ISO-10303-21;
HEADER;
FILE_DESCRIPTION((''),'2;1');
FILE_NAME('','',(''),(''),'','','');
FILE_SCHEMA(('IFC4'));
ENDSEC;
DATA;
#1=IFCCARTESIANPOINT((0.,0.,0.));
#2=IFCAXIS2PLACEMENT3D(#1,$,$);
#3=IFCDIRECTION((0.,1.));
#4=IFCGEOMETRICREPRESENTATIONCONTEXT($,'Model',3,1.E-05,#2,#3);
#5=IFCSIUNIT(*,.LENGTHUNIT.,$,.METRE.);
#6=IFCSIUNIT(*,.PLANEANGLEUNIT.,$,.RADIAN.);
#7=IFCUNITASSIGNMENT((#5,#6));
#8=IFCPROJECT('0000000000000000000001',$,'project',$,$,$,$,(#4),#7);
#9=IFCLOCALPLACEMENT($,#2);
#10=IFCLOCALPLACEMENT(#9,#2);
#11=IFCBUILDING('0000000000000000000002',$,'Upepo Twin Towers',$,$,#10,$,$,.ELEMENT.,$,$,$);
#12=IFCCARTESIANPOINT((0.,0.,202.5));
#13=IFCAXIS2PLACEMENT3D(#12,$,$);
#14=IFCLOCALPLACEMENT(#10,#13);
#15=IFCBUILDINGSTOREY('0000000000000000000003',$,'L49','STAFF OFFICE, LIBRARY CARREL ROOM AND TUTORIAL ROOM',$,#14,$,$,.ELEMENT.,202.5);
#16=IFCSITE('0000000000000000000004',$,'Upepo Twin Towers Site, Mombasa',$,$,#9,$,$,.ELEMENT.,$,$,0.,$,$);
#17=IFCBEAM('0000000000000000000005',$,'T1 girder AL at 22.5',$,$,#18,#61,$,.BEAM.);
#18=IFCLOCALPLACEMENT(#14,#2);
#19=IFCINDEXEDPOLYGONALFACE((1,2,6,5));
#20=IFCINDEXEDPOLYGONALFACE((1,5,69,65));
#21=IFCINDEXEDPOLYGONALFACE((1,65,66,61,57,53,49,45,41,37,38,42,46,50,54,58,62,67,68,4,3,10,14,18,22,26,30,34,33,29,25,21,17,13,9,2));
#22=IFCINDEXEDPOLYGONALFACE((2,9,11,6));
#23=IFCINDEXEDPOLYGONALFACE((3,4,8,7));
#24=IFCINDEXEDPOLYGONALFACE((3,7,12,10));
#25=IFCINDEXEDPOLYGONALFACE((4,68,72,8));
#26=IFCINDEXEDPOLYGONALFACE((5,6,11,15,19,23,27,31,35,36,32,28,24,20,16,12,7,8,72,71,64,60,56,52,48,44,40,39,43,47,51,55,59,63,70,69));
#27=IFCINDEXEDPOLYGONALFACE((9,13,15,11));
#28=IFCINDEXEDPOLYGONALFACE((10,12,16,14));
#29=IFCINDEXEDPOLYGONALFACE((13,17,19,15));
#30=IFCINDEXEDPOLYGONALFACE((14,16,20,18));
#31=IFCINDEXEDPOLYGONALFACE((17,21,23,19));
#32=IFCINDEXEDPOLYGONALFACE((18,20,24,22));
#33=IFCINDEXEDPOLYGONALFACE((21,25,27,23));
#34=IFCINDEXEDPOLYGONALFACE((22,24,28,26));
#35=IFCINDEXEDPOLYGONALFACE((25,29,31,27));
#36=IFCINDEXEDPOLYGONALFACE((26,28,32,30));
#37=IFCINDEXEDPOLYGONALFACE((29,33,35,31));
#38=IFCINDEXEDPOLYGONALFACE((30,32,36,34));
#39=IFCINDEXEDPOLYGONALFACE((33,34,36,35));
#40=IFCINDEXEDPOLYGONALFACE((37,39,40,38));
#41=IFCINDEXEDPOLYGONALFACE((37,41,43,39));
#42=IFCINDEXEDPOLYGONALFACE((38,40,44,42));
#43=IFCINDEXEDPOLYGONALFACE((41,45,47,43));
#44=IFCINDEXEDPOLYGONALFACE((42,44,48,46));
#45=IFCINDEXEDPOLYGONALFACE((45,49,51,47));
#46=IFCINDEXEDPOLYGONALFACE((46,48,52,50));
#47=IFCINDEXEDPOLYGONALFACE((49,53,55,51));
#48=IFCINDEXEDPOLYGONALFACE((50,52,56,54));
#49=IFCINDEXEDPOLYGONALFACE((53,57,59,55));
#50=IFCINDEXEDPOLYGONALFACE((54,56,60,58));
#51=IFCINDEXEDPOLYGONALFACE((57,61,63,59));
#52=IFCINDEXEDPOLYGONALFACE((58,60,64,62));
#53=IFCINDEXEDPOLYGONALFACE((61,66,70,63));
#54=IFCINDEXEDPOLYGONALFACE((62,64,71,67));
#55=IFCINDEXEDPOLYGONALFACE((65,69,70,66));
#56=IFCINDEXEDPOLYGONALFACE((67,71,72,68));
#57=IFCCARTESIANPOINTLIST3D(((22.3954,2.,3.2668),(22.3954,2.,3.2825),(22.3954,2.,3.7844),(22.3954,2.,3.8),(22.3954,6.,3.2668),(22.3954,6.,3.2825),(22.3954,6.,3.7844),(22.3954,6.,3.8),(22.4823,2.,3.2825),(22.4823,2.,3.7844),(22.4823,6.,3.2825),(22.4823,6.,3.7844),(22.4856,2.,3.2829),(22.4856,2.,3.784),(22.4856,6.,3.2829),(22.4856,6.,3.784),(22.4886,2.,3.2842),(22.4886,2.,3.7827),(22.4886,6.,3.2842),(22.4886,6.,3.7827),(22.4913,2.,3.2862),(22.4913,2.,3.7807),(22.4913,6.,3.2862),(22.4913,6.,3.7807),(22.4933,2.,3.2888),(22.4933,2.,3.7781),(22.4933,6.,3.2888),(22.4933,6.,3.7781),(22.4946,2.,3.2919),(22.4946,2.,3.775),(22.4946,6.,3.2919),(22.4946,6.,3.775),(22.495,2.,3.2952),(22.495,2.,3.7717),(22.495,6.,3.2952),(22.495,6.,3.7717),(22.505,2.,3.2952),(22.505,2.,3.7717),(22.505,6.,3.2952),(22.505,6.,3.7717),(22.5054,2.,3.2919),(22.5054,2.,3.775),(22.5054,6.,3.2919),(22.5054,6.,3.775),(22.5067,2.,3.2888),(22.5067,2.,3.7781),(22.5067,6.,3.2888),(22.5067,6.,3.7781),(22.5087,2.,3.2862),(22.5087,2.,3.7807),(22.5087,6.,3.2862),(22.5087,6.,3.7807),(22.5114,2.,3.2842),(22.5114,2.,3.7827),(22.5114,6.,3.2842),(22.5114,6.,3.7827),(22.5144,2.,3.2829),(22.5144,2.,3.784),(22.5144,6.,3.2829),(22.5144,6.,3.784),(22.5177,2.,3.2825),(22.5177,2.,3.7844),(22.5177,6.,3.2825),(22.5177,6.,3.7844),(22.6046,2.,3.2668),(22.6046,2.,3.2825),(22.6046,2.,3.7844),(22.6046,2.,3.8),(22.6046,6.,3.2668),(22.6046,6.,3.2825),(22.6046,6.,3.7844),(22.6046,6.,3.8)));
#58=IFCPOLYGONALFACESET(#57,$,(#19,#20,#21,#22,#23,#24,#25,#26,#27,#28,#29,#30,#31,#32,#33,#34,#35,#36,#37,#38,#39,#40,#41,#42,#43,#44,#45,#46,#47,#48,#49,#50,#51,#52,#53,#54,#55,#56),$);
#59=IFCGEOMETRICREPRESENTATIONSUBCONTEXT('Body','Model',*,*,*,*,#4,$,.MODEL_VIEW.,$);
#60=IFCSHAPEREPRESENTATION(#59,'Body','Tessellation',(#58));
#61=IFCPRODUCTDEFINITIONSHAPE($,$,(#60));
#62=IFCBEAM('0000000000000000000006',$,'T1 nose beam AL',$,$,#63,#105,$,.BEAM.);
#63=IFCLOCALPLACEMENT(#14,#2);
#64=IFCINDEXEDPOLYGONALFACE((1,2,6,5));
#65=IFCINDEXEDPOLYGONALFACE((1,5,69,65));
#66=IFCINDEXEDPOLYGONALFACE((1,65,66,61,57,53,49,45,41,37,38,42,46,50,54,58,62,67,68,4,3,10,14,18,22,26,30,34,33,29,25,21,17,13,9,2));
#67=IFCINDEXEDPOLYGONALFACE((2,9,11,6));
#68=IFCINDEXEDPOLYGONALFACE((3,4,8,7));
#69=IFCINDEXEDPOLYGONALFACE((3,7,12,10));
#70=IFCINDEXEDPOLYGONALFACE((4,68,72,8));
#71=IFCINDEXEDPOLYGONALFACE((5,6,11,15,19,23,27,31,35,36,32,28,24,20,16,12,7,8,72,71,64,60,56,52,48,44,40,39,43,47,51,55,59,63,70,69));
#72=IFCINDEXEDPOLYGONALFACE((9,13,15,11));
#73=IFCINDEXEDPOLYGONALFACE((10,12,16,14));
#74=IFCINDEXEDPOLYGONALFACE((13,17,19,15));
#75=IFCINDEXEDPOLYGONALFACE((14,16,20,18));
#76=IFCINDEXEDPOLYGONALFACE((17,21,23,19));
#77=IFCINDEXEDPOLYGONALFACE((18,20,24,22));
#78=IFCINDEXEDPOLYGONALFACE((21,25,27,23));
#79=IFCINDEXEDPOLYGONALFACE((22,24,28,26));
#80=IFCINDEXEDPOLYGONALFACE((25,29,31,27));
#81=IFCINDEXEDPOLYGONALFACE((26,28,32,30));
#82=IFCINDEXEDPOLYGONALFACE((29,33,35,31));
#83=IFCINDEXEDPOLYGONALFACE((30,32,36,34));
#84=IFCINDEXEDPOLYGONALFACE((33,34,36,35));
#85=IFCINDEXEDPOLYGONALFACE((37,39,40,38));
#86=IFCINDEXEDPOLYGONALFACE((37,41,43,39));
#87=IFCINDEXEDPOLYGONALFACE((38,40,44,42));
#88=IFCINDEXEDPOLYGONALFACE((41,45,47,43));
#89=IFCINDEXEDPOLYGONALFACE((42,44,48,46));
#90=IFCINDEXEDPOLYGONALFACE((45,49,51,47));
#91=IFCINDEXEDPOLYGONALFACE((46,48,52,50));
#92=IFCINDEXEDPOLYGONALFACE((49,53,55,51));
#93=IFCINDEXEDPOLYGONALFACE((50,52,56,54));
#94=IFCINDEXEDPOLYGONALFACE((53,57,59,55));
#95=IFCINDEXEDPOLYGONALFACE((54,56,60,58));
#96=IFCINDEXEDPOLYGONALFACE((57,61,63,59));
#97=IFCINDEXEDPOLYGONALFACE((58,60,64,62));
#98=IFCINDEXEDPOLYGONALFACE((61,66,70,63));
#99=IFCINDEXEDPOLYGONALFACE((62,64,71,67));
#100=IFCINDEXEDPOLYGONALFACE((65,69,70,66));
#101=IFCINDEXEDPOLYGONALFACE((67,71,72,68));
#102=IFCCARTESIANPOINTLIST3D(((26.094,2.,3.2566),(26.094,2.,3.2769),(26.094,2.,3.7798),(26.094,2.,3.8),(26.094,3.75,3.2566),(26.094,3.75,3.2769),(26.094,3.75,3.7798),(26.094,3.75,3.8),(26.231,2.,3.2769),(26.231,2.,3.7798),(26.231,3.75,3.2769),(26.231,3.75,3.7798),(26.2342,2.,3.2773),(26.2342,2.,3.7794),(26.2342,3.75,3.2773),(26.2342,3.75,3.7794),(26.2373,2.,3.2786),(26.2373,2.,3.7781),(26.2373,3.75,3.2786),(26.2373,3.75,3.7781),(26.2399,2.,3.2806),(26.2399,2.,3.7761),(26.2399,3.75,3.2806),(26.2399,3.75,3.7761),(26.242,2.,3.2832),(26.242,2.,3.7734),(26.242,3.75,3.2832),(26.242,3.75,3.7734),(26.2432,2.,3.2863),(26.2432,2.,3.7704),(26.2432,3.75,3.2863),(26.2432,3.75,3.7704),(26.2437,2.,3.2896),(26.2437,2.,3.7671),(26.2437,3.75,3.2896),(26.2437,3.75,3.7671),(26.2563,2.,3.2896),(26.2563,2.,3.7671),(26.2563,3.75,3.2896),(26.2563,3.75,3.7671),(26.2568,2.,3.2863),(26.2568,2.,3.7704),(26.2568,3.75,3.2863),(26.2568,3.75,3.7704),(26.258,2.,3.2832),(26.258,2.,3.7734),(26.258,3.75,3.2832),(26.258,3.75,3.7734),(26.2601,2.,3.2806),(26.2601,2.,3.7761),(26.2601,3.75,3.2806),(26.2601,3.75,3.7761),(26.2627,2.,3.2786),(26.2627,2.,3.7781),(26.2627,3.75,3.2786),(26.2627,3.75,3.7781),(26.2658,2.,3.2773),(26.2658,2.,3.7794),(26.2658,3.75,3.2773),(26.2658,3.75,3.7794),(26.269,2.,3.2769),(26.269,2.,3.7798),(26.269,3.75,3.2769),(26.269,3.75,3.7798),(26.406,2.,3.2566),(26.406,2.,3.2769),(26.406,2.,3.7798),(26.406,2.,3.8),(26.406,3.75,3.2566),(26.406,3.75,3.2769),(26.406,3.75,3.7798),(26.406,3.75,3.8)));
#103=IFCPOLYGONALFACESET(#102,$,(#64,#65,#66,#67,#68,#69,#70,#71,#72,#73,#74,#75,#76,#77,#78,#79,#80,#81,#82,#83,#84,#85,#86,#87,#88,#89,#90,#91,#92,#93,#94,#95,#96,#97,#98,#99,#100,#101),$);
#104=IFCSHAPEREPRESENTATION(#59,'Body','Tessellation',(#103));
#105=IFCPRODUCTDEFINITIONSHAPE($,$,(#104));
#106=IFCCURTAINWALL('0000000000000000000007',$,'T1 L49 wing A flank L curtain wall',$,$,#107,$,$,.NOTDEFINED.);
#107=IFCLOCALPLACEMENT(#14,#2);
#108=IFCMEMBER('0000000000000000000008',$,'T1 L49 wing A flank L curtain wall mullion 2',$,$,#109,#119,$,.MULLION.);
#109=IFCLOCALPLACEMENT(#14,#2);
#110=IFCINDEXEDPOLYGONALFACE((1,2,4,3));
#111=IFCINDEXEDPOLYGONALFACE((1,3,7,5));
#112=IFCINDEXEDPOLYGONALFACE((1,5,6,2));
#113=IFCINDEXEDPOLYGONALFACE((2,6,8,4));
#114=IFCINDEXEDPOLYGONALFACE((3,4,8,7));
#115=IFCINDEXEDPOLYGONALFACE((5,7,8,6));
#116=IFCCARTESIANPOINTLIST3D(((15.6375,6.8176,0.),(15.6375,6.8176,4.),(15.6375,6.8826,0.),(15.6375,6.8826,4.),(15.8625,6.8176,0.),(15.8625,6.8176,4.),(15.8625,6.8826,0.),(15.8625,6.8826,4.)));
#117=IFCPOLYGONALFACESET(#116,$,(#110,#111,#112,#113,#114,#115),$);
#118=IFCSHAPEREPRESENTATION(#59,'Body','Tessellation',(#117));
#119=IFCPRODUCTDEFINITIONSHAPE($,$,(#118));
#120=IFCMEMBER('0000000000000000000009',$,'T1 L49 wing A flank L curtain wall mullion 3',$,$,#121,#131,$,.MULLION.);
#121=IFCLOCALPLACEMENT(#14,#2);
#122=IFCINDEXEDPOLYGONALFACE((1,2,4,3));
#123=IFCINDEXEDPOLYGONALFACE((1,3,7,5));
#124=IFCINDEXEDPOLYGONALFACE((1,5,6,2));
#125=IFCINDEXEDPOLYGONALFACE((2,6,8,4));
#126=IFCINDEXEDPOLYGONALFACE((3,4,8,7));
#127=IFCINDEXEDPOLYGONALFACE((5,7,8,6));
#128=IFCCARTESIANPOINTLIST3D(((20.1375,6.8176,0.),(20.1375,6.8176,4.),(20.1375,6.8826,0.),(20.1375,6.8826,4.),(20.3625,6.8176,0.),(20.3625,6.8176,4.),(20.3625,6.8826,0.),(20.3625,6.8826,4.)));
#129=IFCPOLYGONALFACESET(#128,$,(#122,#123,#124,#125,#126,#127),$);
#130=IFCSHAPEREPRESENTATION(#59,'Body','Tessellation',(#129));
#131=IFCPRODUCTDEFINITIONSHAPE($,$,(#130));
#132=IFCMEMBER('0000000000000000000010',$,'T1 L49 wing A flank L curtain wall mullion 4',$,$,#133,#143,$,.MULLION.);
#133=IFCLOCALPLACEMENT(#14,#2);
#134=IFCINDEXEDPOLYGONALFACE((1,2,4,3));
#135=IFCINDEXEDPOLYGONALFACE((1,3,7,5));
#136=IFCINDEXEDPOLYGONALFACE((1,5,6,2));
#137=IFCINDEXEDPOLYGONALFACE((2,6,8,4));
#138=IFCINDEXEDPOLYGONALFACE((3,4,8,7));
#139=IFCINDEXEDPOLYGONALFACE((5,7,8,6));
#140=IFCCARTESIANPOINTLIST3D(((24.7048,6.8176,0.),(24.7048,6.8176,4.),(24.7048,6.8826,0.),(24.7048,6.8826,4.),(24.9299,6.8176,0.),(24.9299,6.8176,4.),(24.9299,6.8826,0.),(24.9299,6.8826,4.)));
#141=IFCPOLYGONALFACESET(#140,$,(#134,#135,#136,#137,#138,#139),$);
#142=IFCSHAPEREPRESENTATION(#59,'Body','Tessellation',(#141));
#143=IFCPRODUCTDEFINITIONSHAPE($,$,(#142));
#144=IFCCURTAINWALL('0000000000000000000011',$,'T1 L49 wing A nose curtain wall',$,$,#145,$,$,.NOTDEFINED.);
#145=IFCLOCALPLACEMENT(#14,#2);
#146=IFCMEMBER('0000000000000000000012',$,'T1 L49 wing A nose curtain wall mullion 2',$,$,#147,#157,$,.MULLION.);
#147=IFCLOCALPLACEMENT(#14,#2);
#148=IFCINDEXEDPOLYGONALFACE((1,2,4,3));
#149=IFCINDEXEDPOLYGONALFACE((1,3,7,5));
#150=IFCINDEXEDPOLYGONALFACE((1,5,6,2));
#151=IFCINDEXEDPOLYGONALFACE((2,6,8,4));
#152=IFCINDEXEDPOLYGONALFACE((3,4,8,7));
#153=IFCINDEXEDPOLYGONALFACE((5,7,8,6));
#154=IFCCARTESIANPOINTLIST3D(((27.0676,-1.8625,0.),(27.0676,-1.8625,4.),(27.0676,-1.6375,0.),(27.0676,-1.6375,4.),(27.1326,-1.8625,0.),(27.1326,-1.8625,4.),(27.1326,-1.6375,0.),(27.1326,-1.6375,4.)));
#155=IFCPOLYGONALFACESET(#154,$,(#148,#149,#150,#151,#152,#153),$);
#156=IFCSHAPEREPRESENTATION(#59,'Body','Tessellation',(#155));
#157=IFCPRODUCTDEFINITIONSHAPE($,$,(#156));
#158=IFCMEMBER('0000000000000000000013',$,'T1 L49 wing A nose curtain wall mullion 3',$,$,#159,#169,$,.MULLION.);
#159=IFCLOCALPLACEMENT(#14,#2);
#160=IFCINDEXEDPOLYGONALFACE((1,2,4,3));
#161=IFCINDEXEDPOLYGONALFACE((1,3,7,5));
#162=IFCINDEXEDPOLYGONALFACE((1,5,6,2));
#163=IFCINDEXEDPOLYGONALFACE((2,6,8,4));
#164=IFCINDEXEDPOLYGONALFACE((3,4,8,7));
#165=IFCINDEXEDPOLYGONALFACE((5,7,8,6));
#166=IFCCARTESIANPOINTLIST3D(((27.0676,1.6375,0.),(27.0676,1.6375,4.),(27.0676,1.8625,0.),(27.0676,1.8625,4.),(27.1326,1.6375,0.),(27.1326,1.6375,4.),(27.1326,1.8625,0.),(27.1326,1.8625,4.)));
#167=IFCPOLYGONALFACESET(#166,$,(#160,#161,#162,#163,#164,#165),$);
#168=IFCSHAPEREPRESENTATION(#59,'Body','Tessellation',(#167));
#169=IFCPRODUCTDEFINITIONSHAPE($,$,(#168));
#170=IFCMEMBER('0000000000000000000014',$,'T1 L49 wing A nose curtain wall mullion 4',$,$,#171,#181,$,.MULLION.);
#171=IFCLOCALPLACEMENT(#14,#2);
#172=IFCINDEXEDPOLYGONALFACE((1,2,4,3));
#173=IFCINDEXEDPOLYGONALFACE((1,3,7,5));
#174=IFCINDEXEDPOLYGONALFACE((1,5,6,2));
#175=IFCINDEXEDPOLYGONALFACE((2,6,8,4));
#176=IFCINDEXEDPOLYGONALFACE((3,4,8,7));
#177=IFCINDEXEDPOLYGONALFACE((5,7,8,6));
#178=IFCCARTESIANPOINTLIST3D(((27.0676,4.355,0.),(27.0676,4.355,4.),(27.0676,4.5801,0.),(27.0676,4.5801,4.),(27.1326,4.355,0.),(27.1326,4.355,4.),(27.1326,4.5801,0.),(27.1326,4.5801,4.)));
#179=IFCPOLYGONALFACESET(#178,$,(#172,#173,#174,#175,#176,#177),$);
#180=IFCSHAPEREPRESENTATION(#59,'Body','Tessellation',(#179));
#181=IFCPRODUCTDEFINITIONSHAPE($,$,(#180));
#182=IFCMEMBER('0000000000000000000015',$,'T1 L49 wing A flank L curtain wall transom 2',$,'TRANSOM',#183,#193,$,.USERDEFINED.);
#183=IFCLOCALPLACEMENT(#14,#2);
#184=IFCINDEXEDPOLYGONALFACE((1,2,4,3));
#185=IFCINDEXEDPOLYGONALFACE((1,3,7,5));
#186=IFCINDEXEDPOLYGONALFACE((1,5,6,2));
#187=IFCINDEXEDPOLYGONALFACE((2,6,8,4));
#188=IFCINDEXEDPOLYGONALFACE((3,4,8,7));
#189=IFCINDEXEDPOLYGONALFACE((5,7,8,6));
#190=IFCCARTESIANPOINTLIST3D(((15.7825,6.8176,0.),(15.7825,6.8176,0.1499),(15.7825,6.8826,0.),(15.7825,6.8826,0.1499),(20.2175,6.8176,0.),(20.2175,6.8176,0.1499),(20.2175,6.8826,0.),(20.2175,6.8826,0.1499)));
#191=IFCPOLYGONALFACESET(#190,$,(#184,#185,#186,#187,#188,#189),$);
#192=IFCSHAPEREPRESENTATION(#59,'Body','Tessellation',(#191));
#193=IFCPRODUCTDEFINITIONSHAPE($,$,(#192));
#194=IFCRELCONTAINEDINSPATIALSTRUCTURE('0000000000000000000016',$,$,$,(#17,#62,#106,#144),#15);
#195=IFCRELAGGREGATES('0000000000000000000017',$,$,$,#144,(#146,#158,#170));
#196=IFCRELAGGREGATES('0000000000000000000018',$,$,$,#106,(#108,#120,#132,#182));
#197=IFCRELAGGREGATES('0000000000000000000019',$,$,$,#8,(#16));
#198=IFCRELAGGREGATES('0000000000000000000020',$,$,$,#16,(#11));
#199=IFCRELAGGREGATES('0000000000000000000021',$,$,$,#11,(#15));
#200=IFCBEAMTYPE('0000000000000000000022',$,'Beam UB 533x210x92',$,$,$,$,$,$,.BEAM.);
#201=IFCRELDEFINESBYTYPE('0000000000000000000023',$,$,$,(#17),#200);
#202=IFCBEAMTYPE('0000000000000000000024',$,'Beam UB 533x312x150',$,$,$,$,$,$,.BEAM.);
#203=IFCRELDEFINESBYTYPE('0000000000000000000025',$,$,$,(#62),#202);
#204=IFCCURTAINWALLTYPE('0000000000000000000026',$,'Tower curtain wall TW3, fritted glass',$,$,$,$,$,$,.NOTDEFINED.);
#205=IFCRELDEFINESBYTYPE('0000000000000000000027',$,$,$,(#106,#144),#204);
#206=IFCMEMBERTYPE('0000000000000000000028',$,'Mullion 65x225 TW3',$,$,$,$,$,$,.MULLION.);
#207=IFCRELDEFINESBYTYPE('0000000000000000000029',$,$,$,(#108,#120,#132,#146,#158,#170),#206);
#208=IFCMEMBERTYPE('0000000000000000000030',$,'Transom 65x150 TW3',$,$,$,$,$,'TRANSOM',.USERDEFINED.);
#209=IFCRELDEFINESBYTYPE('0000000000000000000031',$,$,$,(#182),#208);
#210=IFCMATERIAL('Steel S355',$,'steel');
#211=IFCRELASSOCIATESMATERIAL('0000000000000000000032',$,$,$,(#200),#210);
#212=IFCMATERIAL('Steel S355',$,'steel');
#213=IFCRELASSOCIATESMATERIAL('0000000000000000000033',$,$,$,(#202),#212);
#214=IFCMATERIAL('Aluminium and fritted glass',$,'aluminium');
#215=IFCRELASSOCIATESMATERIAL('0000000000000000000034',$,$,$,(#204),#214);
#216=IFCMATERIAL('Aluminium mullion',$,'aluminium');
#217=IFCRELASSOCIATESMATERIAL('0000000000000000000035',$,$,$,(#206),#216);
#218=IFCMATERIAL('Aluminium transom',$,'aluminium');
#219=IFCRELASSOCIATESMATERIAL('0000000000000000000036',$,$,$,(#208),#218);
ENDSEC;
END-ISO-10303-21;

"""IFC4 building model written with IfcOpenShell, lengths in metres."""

from ifc_helpers import new_model, si_unit, direction, frame, origin, origin_2d, place, context, subcontext, project, spatial, rectangle, i_section, extrude, material, material_profile, profile_set, type_object, element, aggregate, save


model = new_model("IFC4")

# Units and contexts
model_context = context("Model", 3, precision=1e-05, world=origin(), true_north=direction((0.0, 1.0)))
body_context = subcontext(model_context, "Body", "Model", "MODEL_VIEW")
ifc_project = project(units=[si_unit("LENGTHUNIT", "METRE"), si_unit("PLANEANGLEUNIT", "RADIAN")], contexts=[model_context])

# Site, building, storey
site_placement = place(None, origin())
site = spatial("IfcSite", under=ifc_project, at=site_placement, Name="Upepo Twin Towers Site, Mombasa", CompositionType="ELEMENT", RefElevation=0.0)
building_placement = place(site_placement, origin())
building = spatial("IfcBuilding", under=site, at=building_placement, Name="Upepo Twin Towers", CompositionType="ELEMENT")
storey_placement = place(building_placement, frame((0.0, 0.0, 202.5)))
storey = spatial("IfcBuildingStorey", under=building, at=storey_placement, Name="L49", Description="STAFF OFFICE, LIBRARY CARREL ROOM AND TUTORIAL ROOM", CompositionType="ELEMENT", Elevation=202.5)

# Beams
ifc_material_1 = material(Name="Steel S355", Category="steel")
ifc_material_profile_1 = material_profile(ifc_material_1, i_section(OverallWidth=0.2092, OverallDepth=0.5332, WebThickness=0.01, FlangeThickness=0.0156, FilletRadius=0.0127, at=origin_2d()), Name="UB 533x210x92")
ifc_profile_set_1 = profile_set([ifc_material_profile_1], Name="Steel S355")
beam_type_1 = type_object("IfcBeamType", Name="Beam UB 533x210x92", PredefinedType="BEAM", material=ifc_profile_set_1)
for number, where, z_axis, x_axis, name in (
    (1, (22.5, 6.0, 3.5334), (0.0, -1.0, 0.0), (1.0, 0.0, 0.0), "T1 girder AL at 22.5"),
):
    element("IfcBeam", number, at=place(storey_placement, frame(where, z_axis=z_axis, x_axis=x_axis)), inside=storey, type_object=beam_type_1, Name=name, PredefinedType="BEAM", context=body_context, shape_type="SweptSolid", body=[
        extrude(i_section(OverallWidth=0.2092, OverallDepth=0.5332, WebThickness=0.01, FlangeThickness=0.0156, FilletRadius=0.0127, at=origin_2d()), origin(), (0.0, 0.0, 1.0), 4.0),
    ])
ifc_material_2 = material(Name="Steel S355", Category="steel")
ifc_material_profile_2 = material_profile(ifc_material_2, i_section(OverallWidth=0.312, OverallDepth=0.5435, WebThickness=0.0127, FlangeThickness=0.0203, FilletRadius=0.0127, at=origin_2d()), Name="UB 533x312x150")
ifc_profile_set_2 = profile_set([ifc_material_profile_2], Name="Steel S355")
beam_type_2 = type_object("IfcBeamType", Name="Beam UB 533x312x150", PredefinedType="BEAM", material=ifc_profile_set_2)
beam_1_placement = place(storey_placement, frame((26.25, 3.75, 3.5283), z_axis=(0.0, -1.0, 0.0), x_axis=(1.0, 0.0, 0.0)))
element("IfcBeam", 2, at=beam_1_placement, inside=storey, type_object=beam_type_2, Name="T1 nose beam AL", PredefinedType="BEAM", context=body_context, shape_type="SweptSolid", body=[
    extrude(i_section(OverallWidth=0.312, OverallDepth=0.5435, WebThickness=0.0127, FlangeThickness=0.0203, FilletRadius=0.0127, at=origin_2d()), origin(), (0.0, 0.0, 1.0), 1.75),
])

# Curtain walls, members
ifc_material_3 = material(Name="Aluminium and fritted glass", Category="aluminium")
curtain_wall_type = type_object("IfcCurtainWallType", Name="Tower curtain wall TW3, fritted glass", PredefinedType="NOTDEFINED", material=ifc_material_3)
curtain_wall_1_placement = place(storey_placement, origin())
curtain_wall_1 = element("IfcCurtainWall", 3, at=curtain_wall_1_placement, inside=storey, type_object=curtain_wall_type, Name="T1 L49 wing A flank L curtain wall", PredefinedType="NOTDEFINED")
ifc_material_4 = material(Name="Aluminium mullion", Category="aluminium")
ifc_material_profile_3 = material_profile(ifc_material_4, rectangle(XDim=0.0649, YDim=0.2251, at=origin_2d()), Name="MULLION 65x225")
ifc_profile_set_3 = profile_set([ifc_material_profile_3], Name="Aluminium mullion")
member_type_1 = type_object("IfcMemberType", Name="Mullion 65x225 TW3", PredefinedType="MULLION", material=ifc_profile_set_3)
member_1_placement = place(storey_placement, frame((15.75, 6.8501, 0.0), z_axis=(0.0, 0.0, 1.0), x_axis=(0.0, 1.0, 0.0)))
member_1 = element("IfcMember", 4, at=member_1_placement, type_object=member_type_1, Name="T1 L49 wing A flank L curtain wall mullion 2", PredefinedType="MULLION", context=body_context, shape_type="SweptSolid", body=[
    extrude(rectangle(XDim=0.0649, YDim=0.2251, at=origin_2d()), origin(), (0.0, 0.0, 1.0), 4.0),
])
member_2_placement = place(storey_placement, frame((20.25, 6.8501, 0.0), z_axis=(0.0, 0.0, 1.0), x_axis=(0.0, 1.0, 0.0)))
member_2 = element("IfcMember", 5, at=member_2_placement, type_object=member_type_1, Name="T1 L49 wing A flank L curtain wall mullion 3", PredefinedType="MULLION", context=body_context, shape_type="SweptSolid", body=[
    extrude(rectangle(XDim=0.0649, YDim=0.2251, at=origin_2d()), origin(), (0.0, 0.0, 1.0), 4.0),
])
member_3_placement = place(storey_placement, frame((24.8174, 6.8501, 0.0), z_axis=(0.0, 0.0, 1.0), x_axis=(0.0, 1.0, 0.0)))
member_3 = element("IfcMember", 6, at=member_3_placement, type_object=member_type_1, Name="T1 L49 wing A flank L curtain wall mullion 4", PredefinedType="MULLION", context=body_context, shape_type="SweptSolid", body=[
    extrude(rectangle(XDim=0.0649, YDim=0.2251, at=origin_2d()), origin(), (0.0, 0.0, 1.0), 4.0),
])
curtain_wall_2_placement = place(storey_placement, origin())
curtain_wall_2 = element("IfcCurtainWall", 7, at=curtain_wall_2_placement, inside=storey, type_object=curtain_wall_type, Name="T1 L49 wing A nose curtain wall", PredefinedType="NOTDEFINED")
member_4_placement = place(storey_placement, frame((27.1001, -1.75, 0.0), z_axis=(0.0, 0.0, 1.0), x_axis=(-1.0, 0.0, 0.0)))
member_4 = element("IfcMember", 8, at=member_4_placement, type_object=member_type_1, Name="T1 L49 wing A nose curtain wall mullion 2", PredefinedType="MULLION", context=body_context, shape_type="SweptSolid", body=[
    extrude(rectangle(XDim=0.0649, YDim=0.2251, at=origin_2d()), origin(), (0.0, 0.0, 1.0), 4.0),
])
member_5_placement = place(storey_placement, frame((27.1001, 1.75, 0.0), z_axis=(0.0, 0.0, 1.0), x_axis=(-1.0, 0.0, 0.0)))
member_5 = element("IfcMember", 9, at=member_5_placement, type_object=member_type_1, Name="T1 L49 wing A nose curtain wall mullion 3", PredefinedType="MULLION", context=body_context, shape_type="SweptSolid", body=[
    extrude(rectangle(XDim=0.0649, YDim=0.2251, at=origin_2d()), origin(), (0.0, 0.0, 1.0), 4.0),
])
member_6_placement = place(storey_placement, frame((27.1001, 4.4675, 0.0), z_axis=(0.0, 0.0, 1.0), x_axis=(-1.0, 0.0, 0.0)))
member_6 = element("IfcMember", 10, at=member_6_placement, type_object=member_type_1, Name="T1 L49 wing A nose curtain wall mullion 4", PredefinedType="MULLION", context=body_context, shape_type="SweptSolid", body=[
    extrude(rectangle(XDim=0.0649, YDim=0.2251, at=origin_2d()), origin(), (0.0, 0.0, 1.0), 4.0),
])
aggregate(curtain_wall_2, [member_4, member_5, member_6])

# Member
ifc_material_5 = material(Name="Aluminium transom", Category="aluminium")
ifc_material_profile_4 = material_profile(ifc_material_5, rectangle(XDim=0.0649, YDim=0.1499, at=origin_2d()), Name="TRANSOM 65x150")
ifc_profile_set_4 = profile_set([ifc_material_profile_4], Name="Aluminium transom")
member_type_2 = type_object("IfcMemberType", Name="Transom 65x150 TW3", ElementType="TRANSOM", PredefinedType="USERDEFINED", material=ifc_profile_set_4)
member_7_placement = place(storey_placement, frame((15.7825, 6.8501, 0.075), z_axis=(1.0, 0.0, 0.0), x_axis=(0.0, 1.0, 0.0)))
member_7 = element("IfcMember", 11, at=member_7_placement, type_object=member_type_2, Name="T1 L49 wing A flank L curtain wall transom 2", ObjectType="TRANSOM", PredefinedType="USERDEFINED", context=body_context, shape_type="SweptSolid", body=[
    extrude(rectangle(XDim=0.0649, YDim=0.1499, at=origin_2d()), origin(), (0.0, 0.0, 1.0), 4.4351),
])

aggregate(curtain_wall_1, [member_1, member_2, member_3, member_7])

save(model, "model.ifc")
